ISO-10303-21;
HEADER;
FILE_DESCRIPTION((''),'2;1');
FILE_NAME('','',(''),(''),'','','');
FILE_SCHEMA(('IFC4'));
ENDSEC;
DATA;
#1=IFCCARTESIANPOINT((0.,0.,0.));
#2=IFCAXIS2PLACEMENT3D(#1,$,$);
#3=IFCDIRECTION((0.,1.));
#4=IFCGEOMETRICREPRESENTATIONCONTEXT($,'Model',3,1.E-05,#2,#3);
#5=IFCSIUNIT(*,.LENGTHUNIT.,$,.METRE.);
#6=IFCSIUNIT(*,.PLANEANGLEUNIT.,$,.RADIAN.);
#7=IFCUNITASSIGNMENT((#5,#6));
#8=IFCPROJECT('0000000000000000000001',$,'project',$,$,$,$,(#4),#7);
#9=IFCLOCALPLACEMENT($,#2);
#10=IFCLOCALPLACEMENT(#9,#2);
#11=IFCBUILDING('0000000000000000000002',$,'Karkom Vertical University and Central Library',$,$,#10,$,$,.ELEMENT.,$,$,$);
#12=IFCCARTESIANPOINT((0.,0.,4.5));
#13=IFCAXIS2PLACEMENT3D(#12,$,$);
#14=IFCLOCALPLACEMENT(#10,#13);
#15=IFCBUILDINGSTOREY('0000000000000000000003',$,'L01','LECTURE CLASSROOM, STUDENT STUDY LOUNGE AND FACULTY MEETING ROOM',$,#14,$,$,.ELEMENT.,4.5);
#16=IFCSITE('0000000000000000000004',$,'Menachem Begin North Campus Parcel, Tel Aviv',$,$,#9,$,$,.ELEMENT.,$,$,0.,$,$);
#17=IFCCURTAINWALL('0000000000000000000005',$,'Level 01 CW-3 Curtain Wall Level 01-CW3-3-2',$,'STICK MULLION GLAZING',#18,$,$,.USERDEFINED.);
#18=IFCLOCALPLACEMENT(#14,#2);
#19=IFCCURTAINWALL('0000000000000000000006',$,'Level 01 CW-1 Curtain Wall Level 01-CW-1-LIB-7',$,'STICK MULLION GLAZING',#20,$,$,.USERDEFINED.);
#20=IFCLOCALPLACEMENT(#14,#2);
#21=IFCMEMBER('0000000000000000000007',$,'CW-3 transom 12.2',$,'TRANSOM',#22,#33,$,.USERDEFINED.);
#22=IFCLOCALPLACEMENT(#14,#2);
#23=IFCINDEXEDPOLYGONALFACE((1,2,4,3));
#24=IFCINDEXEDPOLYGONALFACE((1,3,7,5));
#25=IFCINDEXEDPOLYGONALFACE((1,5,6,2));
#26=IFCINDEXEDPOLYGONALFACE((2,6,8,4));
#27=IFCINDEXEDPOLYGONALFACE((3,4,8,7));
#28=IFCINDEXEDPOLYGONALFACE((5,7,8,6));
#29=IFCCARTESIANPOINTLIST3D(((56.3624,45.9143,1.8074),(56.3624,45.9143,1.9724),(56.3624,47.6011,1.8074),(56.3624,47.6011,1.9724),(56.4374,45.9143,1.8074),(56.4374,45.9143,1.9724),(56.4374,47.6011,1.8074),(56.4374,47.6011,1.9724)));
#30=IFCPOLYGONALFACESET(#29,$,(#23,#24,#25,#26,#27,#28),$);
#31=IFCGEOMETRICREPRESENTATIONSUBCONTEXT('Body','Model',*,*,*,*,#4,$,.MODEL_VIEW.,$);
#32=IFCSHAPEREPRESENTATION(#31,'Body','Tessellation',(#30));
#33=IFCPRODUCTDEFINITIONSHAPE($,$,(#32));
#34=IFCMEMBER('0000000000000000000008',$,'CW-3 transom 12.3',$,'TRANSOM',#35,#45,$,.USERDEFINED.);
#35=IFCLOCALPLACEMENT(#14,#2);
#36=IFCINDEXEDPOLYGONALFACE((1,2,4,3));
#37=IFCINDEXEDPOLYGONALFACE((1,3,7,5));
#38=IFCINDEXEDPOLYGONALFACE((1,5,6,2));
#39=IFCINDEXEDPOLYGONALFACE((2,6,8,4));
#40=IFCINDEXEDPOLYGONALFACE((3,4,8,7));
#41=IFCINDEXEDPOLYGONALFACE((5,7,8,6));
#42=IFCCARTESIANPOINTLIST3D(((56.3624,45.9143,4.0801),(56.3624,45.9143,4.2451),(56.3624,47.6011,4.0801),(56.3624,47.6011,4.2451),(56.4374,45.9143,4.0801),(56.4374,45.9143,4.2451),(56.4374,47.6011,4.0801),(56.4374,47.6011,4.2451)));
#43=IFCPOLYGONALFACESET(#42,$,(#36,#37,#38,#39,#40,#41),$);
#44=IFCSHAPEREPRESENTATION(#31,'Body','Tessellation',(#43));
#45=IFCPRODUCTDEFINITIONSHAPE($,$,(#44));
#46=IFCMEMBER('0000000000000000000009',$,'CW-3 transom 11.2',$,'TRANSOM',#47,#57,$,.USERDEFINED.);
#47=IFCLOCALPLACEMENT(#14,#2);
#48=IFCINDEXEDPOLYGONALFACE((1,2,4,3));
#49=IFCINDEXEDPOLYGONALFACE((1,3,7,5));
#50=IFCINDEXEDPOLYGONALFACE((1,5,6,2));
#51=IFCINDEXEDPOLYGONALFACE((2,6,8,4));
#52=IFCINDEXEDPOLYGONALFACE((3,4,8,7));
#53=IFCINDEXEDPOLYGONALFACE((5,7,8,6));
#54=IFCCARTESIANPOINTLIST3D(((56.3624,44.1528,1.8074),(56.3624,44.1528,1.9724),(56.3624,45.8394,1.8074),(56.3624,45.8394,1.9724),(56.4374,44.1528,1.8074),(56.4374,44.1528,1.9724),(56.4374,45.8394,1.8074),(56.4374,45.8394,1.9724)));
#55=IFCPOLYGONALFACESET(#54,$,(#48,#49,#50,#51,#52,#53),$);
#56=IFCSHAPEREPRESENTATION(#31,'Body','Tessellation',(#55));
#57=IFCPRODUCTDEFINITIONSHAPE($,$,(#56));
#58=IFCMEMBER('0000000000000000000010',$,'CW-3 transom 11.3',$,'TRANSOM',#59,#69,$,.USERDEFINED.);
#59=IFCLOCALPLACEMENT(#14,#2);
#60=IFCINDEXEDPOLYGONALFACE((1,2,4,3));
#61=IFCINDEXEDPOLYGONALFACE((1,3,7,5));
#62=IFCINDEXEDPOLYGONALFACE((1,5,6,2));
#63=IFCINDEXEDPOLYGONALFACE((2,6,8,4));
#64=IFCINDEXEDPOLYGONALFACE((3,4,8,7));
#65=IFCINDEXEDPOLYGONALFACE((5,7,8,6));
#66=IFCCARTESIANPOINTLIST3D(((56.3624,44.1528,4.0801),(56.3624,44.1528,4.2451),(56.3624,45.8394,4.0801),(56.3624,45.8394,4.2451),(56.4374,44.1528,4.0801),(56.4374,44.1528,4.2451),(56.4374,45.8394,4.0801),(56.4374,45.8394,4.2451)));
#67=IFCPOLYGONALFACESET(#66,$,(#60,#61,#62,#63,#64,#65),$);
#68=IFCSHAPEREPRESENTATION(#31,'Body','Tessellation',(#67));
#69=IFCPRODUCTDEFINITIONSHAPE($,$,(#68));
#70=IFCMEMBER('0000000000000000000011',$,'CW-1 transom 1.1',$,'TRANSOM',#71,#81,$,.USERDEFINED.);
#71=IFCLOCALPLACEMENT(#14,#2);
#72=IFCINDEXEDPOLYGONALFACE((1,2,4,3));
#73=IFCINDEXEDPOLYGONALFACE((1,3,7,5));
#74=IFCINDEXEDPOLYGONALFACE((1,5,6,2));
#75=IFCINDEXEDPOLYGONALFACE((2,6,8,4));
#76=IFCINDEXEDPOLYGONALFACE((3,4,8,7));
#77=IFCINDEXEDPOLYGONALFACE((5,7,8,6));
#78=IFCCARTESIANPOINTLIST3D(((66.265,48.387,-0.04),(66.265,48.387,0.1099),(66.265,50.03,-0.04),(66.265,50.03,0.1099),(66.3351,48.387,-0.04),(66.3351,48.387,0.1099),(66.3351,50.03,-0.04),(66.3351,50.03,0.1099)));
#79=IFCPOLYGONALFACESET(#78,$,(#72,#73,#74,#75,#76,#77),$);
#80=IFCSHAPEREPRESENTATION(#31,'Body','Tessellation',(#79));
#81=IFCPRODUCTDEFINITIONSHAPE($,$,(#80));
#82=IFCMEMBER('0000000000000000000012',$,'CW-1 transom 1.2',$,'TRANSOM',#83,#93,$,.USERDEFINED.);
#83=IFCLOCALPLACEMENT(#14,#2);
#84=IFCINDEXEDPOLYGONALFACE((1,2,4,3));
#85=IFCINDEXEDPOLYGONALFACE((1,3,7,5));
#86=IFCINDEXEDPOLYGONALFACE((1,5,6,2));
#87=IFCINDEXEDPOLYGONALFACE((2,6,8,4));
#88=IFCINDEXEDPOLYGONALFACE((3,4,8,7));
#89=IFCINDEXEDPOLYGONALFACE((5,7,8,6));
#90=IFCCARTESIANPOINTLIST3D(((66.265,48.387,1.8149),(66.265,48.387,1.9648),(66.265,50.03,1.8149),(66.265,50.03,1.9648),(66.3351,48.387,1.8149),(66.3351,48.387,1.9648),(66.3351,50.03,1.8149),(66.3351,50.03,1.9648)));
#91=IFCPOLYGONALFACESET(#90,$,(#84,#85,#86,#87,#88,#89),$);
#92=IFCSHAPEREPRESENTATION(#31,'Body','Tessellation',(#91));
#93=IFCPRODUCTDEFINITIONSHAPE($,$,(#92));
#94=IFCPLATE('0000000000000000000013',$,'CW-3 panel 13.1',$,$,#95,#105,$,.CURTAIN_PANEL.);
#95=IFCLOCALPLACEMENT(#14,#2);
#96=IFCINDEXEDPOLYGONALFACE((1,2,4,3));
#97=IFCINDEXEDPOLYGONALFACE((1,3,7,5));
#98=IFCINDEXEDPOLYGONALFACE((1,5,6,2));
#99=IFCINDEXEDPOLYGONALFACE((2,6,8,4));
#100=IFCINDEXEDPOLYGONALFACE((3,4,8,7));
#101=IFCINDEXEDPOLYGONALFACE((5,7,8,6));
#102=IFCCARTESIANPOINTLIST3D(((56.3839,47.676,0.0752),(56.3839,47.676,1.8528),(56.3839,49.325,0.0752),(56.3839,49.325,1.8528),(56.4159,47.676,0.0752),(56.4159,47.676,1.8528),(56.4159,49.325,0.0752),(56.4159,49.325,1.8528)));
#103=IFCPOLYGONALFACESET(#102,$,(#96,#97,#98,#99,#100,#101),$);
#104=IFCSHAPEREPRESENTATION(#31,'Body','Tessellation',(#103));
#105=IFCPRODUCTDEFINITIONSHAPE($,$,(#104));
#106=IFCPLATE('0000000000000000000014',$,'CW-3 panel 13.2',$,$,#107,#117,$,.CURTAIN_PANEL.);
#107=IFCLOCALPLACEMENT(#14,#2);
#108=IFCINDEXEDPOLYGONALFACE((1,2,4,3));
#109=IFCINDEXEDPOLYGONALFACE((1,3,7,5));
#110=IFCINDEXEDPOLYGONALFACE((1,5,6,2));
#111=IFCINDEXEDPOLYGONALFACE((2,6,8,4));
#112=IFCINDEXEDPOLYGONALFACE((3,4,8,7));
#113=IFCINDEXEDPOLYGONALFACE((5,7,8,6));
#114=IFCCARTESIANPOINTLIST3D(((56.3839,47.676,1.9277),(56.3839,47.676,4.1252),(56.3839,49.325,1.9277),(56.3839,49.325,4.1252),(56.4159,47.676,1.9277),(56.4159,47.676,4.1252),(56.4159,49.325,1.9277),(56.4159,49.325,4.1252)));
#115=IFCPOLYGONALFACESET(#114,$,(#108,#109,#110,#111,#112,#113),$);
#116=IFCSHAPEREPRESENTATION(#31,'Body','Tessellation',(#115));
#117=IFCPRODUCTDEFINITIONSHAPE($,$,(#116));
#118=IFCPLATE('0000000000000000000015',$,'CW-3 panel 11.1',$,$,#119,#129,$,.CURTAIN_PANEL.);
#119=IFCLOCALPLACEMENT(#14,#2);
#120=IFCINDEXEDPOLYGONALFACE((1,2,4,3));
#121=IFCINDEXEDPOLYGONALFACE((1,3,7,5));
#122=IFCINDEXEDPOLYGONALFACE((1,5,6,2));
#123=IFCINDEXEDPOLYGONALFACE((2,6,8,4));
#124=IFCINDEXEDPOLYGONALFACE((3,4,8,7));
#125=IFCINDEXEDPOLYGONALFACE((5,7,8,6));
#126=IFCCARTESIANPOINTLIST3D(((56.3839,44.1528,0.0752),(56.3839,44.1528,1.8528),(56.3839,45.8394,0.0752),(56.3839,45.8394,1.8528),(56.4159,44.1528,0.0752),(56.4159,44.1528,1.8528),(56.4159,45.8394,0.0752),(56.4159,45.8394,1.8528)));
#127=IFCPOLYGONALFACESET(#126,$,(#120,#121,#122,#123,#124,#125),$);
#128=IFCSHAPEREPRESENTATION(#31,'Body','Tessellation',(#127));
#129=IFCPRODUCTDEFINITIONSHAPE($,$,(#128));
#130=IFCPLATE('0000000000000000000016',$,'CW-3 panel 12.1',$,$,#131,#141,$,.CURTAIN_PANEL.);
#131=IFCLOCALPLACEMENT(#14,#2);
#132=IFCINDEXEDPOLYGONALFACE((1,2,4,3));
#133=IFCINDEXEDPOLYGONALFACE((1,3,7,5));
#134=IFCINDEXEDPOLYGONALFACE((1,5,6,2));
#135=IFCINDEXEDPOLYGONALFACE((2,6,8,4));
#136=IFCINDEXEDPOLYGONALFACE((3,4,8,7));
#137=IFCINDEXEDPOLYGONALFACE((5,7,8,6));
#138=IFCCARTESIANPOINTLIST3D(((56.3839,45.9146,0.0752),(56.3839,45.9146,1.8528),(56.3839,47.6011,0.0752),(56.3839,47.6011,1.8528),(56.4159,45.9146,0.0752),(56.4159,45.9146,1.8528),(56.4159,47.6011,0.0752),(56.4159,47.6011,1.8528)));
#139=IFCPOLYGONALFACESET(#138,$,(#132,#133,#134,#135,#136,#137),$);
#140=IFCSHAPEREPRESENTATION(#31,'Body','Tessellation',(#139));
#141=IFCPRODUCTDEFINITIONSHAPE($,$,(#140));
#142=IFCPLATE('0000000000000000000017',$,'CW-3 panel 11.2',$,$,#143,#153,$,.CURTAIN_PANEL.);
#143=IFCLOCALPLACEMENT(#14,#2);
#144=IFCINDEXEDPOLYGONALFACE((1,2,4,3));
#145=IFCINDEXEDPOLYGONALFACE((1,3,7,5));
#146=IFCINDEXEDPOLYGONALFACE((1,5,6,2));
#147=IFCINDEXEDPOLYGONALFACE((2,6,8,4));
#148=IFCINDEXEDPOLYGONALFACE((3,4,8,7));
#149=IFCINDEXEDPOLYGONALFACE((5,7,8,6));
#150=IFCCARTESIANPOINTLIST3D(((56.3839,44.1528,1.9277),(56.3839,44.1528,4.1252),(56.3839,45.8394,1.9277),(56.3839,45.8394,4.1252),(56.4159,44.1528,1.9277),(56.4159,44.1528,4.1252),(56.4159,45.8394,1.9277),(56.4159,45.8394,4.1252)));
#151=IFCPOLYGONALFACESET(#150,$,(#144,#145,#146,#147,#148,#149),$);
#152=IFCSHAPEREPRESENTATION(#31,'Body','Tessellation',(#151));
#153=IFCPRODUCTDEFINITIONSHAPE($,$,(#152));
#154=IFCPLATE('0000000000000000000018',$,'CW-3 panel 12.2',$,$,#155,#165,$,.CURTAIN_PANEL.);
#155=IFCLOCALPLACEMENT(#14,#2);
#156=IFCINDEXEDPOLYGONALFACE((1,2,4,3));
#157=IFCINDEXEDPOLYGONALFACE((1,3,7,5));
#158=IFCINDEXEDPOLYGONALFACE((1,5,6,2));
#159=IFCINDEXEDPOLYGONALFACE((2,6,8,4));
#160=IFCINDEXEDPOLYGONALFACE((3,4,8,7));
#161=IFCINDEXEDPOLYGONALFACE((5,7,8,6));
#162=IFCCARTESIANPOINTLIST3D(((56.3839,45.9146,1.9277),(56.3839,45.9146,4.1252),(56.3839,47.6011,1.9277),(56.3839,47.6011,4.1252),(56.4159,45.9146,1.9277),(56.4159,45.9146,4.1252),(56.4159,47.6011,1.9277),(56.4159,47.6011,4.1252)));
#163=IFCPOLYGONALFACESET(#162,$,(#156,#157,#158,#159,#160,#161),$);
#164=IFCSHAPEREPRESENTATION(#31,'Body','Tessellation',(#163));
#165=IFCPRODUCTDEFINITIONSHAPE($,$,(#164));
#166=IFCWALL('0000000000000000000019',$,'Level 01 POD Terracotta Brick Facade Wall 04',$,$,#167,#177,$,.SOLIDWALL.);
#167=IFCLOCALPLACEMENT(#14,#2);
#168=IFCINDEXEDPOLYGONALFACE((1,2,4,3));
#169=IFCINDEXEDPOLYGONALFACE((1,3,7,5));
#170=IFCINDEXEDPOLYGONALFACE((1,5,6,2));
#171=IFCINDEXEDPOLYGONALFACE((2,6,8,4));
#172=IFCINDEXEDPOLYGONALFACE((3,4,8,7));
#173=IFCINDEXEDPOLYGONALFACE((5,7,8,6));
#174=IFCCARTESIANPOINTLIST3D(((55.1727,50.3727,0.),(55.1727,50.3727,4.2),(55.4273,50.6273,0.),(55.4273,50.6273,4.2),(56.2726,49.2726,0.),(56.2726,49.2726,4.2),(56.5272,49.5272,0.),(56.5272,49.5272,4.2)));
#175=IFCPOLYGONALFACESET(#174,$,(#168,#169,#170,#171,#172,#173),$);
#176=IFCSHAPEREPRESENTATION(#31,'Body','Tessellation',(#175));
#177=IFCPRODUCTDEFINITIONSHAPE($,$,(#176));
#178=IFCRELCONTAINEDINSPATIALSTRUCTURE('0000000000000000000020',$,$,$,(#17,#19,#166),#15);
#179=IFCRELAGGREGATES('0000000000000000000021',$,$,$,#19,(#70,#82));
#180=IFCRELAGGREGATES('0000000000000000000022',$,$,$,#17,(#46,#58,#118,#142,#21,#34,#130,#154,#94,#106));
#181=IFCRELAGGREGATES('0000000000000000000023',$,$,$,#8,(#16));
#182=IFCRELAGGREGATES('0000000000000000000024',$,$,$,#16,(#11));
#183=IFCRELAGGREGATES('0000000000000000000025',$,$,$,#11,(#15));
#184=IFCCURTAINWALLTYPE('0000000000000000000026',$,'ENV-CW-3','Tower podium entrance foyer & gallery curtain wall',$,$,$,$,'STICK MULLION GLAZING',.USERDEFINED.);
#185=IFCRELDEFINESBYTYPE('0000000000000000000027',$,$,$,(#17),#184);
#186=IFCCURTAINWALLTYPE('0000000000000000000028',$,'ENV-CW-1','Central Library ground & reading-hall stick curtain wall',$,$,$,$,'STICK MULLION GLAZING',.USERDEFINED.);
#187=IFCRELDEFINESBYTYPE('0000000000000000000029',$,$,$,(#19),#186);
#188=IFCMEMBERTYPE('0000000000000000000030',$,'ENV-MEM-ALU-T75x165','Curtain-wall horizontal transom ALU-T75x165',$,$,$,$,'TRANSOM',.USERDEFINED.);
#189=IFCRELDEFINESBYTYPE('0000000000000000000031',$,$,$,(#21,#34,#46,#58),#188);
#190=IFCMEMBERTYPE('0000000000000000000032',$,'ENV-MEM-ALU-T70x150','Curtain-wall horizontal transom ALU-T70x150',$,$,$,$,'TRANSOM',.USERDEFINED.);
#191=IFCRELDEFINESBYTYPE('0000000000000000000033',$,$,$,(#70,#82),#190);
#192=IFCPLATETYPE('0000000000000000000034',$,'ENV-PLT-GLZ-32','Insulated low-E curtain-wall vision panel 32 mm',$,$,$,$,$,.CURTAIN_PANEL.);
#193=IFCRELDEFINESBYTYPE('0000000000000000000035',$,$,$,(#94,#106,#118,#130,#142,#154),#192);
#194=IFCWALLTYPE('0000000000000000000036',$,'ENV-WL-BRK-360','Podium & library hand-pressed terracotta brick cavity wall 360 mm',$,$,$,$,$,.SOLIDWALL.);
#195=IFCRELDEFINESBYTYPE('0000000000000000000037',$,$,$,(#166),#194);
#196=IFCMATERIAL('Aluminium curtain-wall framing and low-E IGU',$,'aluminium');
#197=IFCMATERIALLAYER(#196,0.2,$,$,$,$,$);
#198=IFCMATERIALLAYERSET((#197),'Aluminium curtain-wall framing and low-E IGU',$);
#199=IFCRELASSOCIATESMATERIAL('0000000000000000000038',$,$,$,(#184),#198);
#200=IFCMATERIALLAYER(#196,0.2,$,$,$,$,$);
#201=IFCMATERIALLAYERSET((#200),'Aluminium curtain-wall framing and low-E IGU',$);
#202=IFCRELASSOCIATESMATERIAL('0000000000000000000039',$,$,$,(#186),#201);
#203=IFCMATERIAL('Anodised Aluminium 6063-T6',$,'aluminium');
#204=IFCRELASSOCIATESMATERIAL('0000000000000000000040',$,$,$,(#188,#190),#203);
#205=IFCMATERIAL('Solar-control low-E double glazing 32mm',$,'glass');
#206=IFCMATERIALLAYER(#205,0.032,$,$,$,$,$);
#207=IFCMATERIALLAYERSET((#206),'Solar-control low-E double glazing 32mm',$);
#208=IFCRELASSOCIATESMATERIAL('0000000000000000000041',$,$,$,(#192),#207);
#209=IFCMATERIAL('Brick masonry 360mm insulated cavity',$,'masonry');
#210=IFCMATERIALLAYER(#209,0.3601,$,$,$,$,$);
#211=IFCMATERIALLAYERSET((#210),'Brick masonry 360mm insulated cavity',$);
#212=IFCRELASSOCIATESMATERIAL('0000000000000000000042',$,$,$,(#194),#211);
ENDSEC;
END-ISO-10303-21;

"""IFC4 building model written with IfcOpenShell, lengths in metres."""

from ifc_helpers import new_model, si_unit, direction, frame, frame_2d, origin, origin_with_axes, origin_2d, place, context, subcontext, project, spatial, rectangle, extrude, source, transform, mapped, material, layer, layer_set, material_profile, profile_set, type_object, element, aggregate, save


model = new_model("IFC4")

# Units and contexts
model_context = context("Model", 3, precision=1e-05, world=origin(), true_north=direction((0.0, 1.0)))
body_context = subcontext(model_context, "Body", "Model", "MODEL_VIEW")
ifc_project = project(units=[si_unit("LENGTHUNIT", "METRE"), si_unit("PLANEANGLEUNIT", "RADIAN")], contexts=[model_context])

# Site, building, storey
site_placement = place(None, origin())
site = spatial("IfcSite", under=ifc_project, at=site_placement, Name="Menachem Begin North Campus Parcel, Tel Aviv", CompositionType="ELEMENT", RefElevation=0.0)
building_placement = place(site_placement, origin())
building = spatial("IfcBuilding", under=site, at=building_placement, Name="Karkom Vertical University and Central Library", CompositionType="ELEMENT")
storey_placement = place(building_placement, frame((0.0, 0.0, 4.5)))
storey = spatial("IfcBuildingStorey", under=building, at=storey_placement, Name="L01", Description="LECTURE CLASSROOM, STUDENT STUDY LOUNGE AND FACULTY MEETING ROOM", CompositionType="ELEMENT", Elevation=4.5)

# Curtain walls
ifc_material_1 = material(Name="Aluminium curtain-wall framing and low-E IGU", Category="aluminium")
ifc_layer_1 = layer(ifc_material_1, 0.2)
ifc_layer_set_1 = layer_set([ifc_layer_1], Name="Aluminium curtain-wall framing and low-E IGU")
curtain_wall_type_1 = type_object("IfcCurtainWallType", Name="ENV-CW-3", Description="Tower podium entrance foyer & gallery curtain wall", ElementType="STICK MULLION GLAZING", PredefinedType="USERDEFINED", material=ifc_layer_set_1)
curtain_wall_1_placement = place(storey_placement, origin())
curtain_wall_1 = element("IfcCurtainWall", 1, at=curtain_wall_1_placement, inside=storey, type_object=curtain_wall_type_1, Name="Level 01 CW-3 Curtain Wall Level 01-CW3-3-2", ObjectType="STICK MULLION GLAZING", PredefinedType="USERDEFINED")
ifc_material_2 = material(Name="Anodised Aluminium 6063-T6", Category="aluminium")
ifc_layer_2 = layer(ifc_material_1, 0.2)
ifc_layer_set_2 = layer_set([ifc_layer_2], Name="Aluminium curtain-wall framing and low-E IGU")
curtain_wall_type_2 = type_object("IfcCurtainWallType", Name="ENV-CW-1", Description="Central Library ground & reading-hall stick curtain wall", ElementType="STICK MULLION GLAZING", PredefinedType="USERDEFINED", material=ifc_layer_set_2)
curtain_wall_2_placement = place(storey_placement, origin())
curtain_wall_2 = element("IfcCurtainWall", 2, at=curtain_wall_2_placement, inside=storey, type_object=curtain_wall_type_2, Name="Level 01 CW-1 Curtain Wall Level 01-CW-1-LIB-7", ObjectType="STICK MULLION GLAZING", PredefinedType="USERDEFINED")

# Members
ifc_material_profile_1 = material_profile(ifc_material_2, rectangle(XDim=0.075, YDim=0.165, at=origin_2d()), Name="ALU-T75x165")
ifc_profile_set_1 = profile_set([ifc_material_profile_1], Name="Anodised Aluminium 6063-T6")
member_type_1 = type_object("IfcMemberType", Name="ENV-MEM-ALU-T75x165", Description="Curtain-wall horizontal transom ALU-T75x165", ElementType="TRANSOM", PredefinedType="USERDEFINED", material=ifc_profile_set_1)
shared_shape_1 = source(origin_with_axes(), body_context, "Body", "SweptSolid", [
    extrude(rectangle(XDim=0.075, YDim=0.165, at=origin_2d()), origin(), (0.0, 0.0, 1.0), 1.6868),
])
member_1_placement = place(storey_placement, frame((56.3999, 45.9143, 1.8899), z_axis=(0.0, 1.0, 0.0), x_axis=(-1.0, 0.0, 0.0)))
member_1 = element("IfcMember", 3, at=member_1_placement, type_object=member_type_1, Name="CW-3 transom 12.2", ObjectType="TRANSOM", PredefinedType="USERDEFINED", context=body_context, shape_type="MappedRepresentation", body=[
    mapped(shared_shape_1, transform((0.0, 0.0, 0.0), scale=1.0)),
])
member_2_placement = place(storey_placement, frame((56.3999, 45.9143, 4.1626), z_axis=(0.0, 1.0, 0.0), x_axis=(-1.0, 0.0, 0.0)))
member_2 = element("IfcMember", 4, at=member_2_placement, type_object=member_type_1, Name="CW-3 transom 12.3", ObjectType="TRANSOM", PredefinedType="USERDEFINED", context=body_context, shape_type="MappedRepresentation", body=[
    mapped(shared_shape_1, transform((0.0, 0.0, 0.0), scale=1.0)),
])
shared_shape_2 = source(origin_with_axes(), body_context, "Body", "SweptSolid", [
    extrude(rectangle(XDim=0.075, YDim=0.165, at=origin_2d()), origin(), (0.0, 0.0, 1.0), 1.6865),
])
member_3_placement = place(storey_placement, frame((56.3999, 44.1528, 1.8899), z_axis=(0.0, 1.0, 0.0), x_axis=(-1.0, 0.0, 0.0)))
member_3 = element("IfcMember", 5, at=member_3_placement, type_object=member_type_1, Name="CW-3 transom 11.2", ObjectType="TRANSOM", PredefinedType="USERDEFINED", context=body_context, shape_type="MappedRepresentation", body=[
    mapped(shared_shape_2, transform((0.0, 0.0, 0.0), scale=1.0)),
])
member_4_placement = place(storey_placement, frame((56.3999, 44.1528, 4.1626), z_axis=(0.0, 1.0, 0.0), x_axis=(-1.0, 0.0, 0.0)))
member_4 = element("IfcMember", 6, at=member_4_placement, type_object=member_type_1, Name="CW-3 transom 11.3", ObjectType="TRANSOM", PredefinedType="USERDEFINED", context=body_context, shape_type="MappedRepresentation", body=[
    mapped(shared_shape_2, transform((0.0, 0.0, 0.0), scale=1.0)),
])
ifc_material_profile_2 = material_profile(ifc_material_2, rectangle(XDim=0.0701, YDim=0.1499, at=origin_2d()), Name="ALU-T70x150")
ifc_profile_set_2 = profile_set([ifc_material_profile_2], Name="Anodised Aluminium 6063-T6")
member_type_2 = type_object("IfcMemberType", Name="ENV-MEM-ALU-T70x150", Description="Curtain-wall horizontal transom ALU-T70x150", ElementType="TRANSOM", PredefinedType="USERDEFINED", material=ifc_profile_set_2)
shared_shape_3 = source(origin_with_axes(), body_context, "Body", "SweptSolid", [
    extrude(rectangle(XDim=0.0701, YDim=0.1499, at=origin_2d()), origin(), (0.0, 0.0, 1.0), 1.6431),
])
member_5_placement = place(storey_placement, frame((66.3, 50.03, 0.0349), z_axis=(0.0, -1.0, 0.0), x_axis=(1.0, 0.0, 0.0)))
member_5 = element("IfcMember", 7, at=member_5_placement, type_object=member_type_2, Name="CW-1 transom 1.1", ObjectType="TRANSOM", PredefinedType="USERDEFINED", context=body_context, shape_type="MappedRepresentation", body=[
    mapped(shared_shape_3, transform((0.0, 0.0, 0.0), scale=1.0)),
])
member_6_placement = place(storey_placement, frame((66.3, 50.03, 1.8899), z_axis=(0.0, -1.0, 0.0), x_axis=(1.0, 0.0, 0.0)))
member_6 = element("IfcMember", 8, at=member_6_placement, type_object=member_type_2, Name="CW-1 transom 1.2", ObjectType="TRANSOM", PredefinedType="USERDEFINED", context=body_context, shape_type="MappedRepresentation", body=[
    mapped(shared_shape_3, transform((0.0, 0.0, 0.0), scale=1.0)),
])
aggregate(curtain_wall_2, [member_5, member_6])

# Plates
ifc_material_3 = material(Name="Solar-control low-E double glazing 32mm", Category="glass")
ifc_layer_3 = layer(ifc_material_3, 0.032)
ifc_layer_set_3 = layer_set([ifc_layer_3], Name="Solar-control low-E double glazing 32mm")
plate_type = type_object("IfcPlateType", Name="ENV-PLT-GLZ-32", Description="Insulated low-E curtain-wall vision panel 32 mm", PredefinedType="CURTAIN_PANEL", material=ifc_layer_set_3)
shared_shape_4 = source(origin_with_axes(), body_context, "Body", "SweptSolid", [
    extrude(rectangle(XDim=1.6489, YDim=0.032, at=origin_2d()), origin(), (0.0, 0.0, 1.0), 1.7776),
])
plate_1_placement = place(storey_placement, frame((56.3999, 48.5005, 0.0752), z_axis=(0.0, 0.0, 1.0), x_axis=(0.0, 1.0, 0.0)))
plate_1 = element("IfcPlate", 9, at=plate_1_placement, type_object=plate_type, Name="CW-3 panel 13.1", PredefinedType="CURTAIN_PANEL", context=body_context, shape_type="MappedRepresentation", body=[
    mapped(shared_shape_4, transform((0.0, 0.0, 0.0), scale=1.0)),
])
shared_shape_5 = source(origin_with_axes(), body_context, "Body", "SweptSolid", [
    extrude(rectangle(XDim=1.6489, YDim=0.032, at=origin_2d()), origin(), (0.0, 0.0, 1.0), 2.1975),
])
plate_2_placement = place(storey_placement, frame((56.3999, 48.5005, 1.9277), z_axis=(0.0, 0.0, 1.0), x_axis=(0.0, 1.0, 0.0)))
plate_2 = element("IfcPlate", 10, at=plate_2_placement, type_object=plate_type, Name="CW-3 panel 13.2", PredefinedType="CURTAIN_PANEL", context=body_context, shape_type="MappedRepresentation", body=[
    mapped(shared_shape_5, transform((0.0, 0.0, 0.0), scale=1.0)),
])
shared_shape_6 = source(origin_with_axes(), body_context, "Body", "SweptSolid", [
    extrude(rectangle(XDim=1.6865, YDim=0.032, at=origin_2d()), origin(), (0.0, 0.0, 1.0), 1.7776),
])
plate_3_placement = place(storey_placement, frame((56.3999, 44.9961, 0.0752), z_axis=(0.0, 0.0, 1.0), x_axis=(0.0, 1.0, 0.0)))
plate_3 = element("IfcPlate", 11, at=plate_3_placement, type_object=plate_type, Name="CW-3 panel 11.1", PredefinedType="CURTAIN_PANEL", context=body_context, shape_type="MappedRepresentation", body=[
    mapped(shared_shape_6, transform((0.0, 0.0, 0.0), scale=1.0)),
])
plate_4_placement = place(storey_placement, frame((56.3999, 46.7578, 0.0752), z_axis=(0.0, 0.0, 1.0), x_axis=(0.0, 1.0, 0.0)))
plate_4 = element("IfcPlate", 12, at=plate_4_placement, type_object=plate_type, Name="CW-3 panel 12.1", PredefinedType="CURTAIN_PANEL", context=body_context, shape_type="MappedRepresentation", body=[
    mapped(shared_shape_6, transform((0.0, 0.0, 0.0), scale=1.0)),
])
shared_shape_7 = source(origin_with_axes(), body_context, "Body", "SweptSolid", [
    extrude(rectangle(XDim=1.6865, YDim=0.032, at=origin_2d()), origin(), (0.0, 0.0, 1.0), 2.1975),
])
plate_5_placement = place(storey_placement, frame((56.3999, 44.9961, 1.9277), z_axis=(0.0, 0.0, 1.0), x_axis=(0.0, 1.0, 0.0)))
plate_5 = element("IfcPlate", 13, at=plate_5_placement, type_object=plate_type, Name="CW-3 panel 11.2", PredefinedType="CURTAIN_PANEL", context=body_context, shape_type="MappedRepresentation", body=[
    mapped(shared_shape_7, transform((0.0, 0.0, 0.0), scale=1.0)),
])
plate_6_placement = place(storey_placement, frame((56.3999, 46.7578, 1.9277), z_axis=(0.0, 0.0, 1.0), x_axis=(0.0, 1.0, 0.0)))
plate_6 = element("IfcPlate", 14, at=plate_6_placement, type_object=plate_type, Name="CW-3 panel 12.2", PredefinedType="CURTAIN_PANEL", context=body_context, shape_type="MappedRepresentation", body=[
    mapped(shared_shape_7, transform((0.0, 0.0, 0.0), scale=1.0)),
])
aggregate(curtain_wall_1, [member_3, member_4, plate_3, plate_5, member_1, member_2, plate_4, plate_6, plate_1, plate_2])

# Wall
ifc_material_4 = material(Name="Brick masonry 360mm insulated cavity", Category="masonry")
ifc_layer_4 = layer(ifc_material_4, 0.3601)
ifc_layer_set_4 = layer_set([ifc_layer_4], Name="Brick masonry 360mm insulated cavity")
wall_type = type_object("IfcWallType", Name="ENV-WL-BRK-360", Description="Podium & library hand-pressed terracotta brick cavity wall 360 mm", PredefinedType="SOLIDWALL", material=ifc_layer_set_4)
wall_placement = place(storey_placement, frame((56.3999, 49.3999, 0.0), z_axis=(0.0, 0.0, 1.0), x_axis=(-0.707028, 0.707185, 0.0)))
element("IfcWall", 15, at=wall_placement, inside=storey, type_object=wall_type, Name="Level 01 POD Terracotta Brick Facade Wall 04", PredefinedType="SOLIDWALL", context=body_context, shape_type="SweptSolid", body=[
    extrude(rectangle(XDim=1.5557, YDim=0.3601, at=frame_2d((0.7778, 0.0))), origin(), (0.0, 0.0, 1.0), 4.2),
])

save(model, "model.ifc")
